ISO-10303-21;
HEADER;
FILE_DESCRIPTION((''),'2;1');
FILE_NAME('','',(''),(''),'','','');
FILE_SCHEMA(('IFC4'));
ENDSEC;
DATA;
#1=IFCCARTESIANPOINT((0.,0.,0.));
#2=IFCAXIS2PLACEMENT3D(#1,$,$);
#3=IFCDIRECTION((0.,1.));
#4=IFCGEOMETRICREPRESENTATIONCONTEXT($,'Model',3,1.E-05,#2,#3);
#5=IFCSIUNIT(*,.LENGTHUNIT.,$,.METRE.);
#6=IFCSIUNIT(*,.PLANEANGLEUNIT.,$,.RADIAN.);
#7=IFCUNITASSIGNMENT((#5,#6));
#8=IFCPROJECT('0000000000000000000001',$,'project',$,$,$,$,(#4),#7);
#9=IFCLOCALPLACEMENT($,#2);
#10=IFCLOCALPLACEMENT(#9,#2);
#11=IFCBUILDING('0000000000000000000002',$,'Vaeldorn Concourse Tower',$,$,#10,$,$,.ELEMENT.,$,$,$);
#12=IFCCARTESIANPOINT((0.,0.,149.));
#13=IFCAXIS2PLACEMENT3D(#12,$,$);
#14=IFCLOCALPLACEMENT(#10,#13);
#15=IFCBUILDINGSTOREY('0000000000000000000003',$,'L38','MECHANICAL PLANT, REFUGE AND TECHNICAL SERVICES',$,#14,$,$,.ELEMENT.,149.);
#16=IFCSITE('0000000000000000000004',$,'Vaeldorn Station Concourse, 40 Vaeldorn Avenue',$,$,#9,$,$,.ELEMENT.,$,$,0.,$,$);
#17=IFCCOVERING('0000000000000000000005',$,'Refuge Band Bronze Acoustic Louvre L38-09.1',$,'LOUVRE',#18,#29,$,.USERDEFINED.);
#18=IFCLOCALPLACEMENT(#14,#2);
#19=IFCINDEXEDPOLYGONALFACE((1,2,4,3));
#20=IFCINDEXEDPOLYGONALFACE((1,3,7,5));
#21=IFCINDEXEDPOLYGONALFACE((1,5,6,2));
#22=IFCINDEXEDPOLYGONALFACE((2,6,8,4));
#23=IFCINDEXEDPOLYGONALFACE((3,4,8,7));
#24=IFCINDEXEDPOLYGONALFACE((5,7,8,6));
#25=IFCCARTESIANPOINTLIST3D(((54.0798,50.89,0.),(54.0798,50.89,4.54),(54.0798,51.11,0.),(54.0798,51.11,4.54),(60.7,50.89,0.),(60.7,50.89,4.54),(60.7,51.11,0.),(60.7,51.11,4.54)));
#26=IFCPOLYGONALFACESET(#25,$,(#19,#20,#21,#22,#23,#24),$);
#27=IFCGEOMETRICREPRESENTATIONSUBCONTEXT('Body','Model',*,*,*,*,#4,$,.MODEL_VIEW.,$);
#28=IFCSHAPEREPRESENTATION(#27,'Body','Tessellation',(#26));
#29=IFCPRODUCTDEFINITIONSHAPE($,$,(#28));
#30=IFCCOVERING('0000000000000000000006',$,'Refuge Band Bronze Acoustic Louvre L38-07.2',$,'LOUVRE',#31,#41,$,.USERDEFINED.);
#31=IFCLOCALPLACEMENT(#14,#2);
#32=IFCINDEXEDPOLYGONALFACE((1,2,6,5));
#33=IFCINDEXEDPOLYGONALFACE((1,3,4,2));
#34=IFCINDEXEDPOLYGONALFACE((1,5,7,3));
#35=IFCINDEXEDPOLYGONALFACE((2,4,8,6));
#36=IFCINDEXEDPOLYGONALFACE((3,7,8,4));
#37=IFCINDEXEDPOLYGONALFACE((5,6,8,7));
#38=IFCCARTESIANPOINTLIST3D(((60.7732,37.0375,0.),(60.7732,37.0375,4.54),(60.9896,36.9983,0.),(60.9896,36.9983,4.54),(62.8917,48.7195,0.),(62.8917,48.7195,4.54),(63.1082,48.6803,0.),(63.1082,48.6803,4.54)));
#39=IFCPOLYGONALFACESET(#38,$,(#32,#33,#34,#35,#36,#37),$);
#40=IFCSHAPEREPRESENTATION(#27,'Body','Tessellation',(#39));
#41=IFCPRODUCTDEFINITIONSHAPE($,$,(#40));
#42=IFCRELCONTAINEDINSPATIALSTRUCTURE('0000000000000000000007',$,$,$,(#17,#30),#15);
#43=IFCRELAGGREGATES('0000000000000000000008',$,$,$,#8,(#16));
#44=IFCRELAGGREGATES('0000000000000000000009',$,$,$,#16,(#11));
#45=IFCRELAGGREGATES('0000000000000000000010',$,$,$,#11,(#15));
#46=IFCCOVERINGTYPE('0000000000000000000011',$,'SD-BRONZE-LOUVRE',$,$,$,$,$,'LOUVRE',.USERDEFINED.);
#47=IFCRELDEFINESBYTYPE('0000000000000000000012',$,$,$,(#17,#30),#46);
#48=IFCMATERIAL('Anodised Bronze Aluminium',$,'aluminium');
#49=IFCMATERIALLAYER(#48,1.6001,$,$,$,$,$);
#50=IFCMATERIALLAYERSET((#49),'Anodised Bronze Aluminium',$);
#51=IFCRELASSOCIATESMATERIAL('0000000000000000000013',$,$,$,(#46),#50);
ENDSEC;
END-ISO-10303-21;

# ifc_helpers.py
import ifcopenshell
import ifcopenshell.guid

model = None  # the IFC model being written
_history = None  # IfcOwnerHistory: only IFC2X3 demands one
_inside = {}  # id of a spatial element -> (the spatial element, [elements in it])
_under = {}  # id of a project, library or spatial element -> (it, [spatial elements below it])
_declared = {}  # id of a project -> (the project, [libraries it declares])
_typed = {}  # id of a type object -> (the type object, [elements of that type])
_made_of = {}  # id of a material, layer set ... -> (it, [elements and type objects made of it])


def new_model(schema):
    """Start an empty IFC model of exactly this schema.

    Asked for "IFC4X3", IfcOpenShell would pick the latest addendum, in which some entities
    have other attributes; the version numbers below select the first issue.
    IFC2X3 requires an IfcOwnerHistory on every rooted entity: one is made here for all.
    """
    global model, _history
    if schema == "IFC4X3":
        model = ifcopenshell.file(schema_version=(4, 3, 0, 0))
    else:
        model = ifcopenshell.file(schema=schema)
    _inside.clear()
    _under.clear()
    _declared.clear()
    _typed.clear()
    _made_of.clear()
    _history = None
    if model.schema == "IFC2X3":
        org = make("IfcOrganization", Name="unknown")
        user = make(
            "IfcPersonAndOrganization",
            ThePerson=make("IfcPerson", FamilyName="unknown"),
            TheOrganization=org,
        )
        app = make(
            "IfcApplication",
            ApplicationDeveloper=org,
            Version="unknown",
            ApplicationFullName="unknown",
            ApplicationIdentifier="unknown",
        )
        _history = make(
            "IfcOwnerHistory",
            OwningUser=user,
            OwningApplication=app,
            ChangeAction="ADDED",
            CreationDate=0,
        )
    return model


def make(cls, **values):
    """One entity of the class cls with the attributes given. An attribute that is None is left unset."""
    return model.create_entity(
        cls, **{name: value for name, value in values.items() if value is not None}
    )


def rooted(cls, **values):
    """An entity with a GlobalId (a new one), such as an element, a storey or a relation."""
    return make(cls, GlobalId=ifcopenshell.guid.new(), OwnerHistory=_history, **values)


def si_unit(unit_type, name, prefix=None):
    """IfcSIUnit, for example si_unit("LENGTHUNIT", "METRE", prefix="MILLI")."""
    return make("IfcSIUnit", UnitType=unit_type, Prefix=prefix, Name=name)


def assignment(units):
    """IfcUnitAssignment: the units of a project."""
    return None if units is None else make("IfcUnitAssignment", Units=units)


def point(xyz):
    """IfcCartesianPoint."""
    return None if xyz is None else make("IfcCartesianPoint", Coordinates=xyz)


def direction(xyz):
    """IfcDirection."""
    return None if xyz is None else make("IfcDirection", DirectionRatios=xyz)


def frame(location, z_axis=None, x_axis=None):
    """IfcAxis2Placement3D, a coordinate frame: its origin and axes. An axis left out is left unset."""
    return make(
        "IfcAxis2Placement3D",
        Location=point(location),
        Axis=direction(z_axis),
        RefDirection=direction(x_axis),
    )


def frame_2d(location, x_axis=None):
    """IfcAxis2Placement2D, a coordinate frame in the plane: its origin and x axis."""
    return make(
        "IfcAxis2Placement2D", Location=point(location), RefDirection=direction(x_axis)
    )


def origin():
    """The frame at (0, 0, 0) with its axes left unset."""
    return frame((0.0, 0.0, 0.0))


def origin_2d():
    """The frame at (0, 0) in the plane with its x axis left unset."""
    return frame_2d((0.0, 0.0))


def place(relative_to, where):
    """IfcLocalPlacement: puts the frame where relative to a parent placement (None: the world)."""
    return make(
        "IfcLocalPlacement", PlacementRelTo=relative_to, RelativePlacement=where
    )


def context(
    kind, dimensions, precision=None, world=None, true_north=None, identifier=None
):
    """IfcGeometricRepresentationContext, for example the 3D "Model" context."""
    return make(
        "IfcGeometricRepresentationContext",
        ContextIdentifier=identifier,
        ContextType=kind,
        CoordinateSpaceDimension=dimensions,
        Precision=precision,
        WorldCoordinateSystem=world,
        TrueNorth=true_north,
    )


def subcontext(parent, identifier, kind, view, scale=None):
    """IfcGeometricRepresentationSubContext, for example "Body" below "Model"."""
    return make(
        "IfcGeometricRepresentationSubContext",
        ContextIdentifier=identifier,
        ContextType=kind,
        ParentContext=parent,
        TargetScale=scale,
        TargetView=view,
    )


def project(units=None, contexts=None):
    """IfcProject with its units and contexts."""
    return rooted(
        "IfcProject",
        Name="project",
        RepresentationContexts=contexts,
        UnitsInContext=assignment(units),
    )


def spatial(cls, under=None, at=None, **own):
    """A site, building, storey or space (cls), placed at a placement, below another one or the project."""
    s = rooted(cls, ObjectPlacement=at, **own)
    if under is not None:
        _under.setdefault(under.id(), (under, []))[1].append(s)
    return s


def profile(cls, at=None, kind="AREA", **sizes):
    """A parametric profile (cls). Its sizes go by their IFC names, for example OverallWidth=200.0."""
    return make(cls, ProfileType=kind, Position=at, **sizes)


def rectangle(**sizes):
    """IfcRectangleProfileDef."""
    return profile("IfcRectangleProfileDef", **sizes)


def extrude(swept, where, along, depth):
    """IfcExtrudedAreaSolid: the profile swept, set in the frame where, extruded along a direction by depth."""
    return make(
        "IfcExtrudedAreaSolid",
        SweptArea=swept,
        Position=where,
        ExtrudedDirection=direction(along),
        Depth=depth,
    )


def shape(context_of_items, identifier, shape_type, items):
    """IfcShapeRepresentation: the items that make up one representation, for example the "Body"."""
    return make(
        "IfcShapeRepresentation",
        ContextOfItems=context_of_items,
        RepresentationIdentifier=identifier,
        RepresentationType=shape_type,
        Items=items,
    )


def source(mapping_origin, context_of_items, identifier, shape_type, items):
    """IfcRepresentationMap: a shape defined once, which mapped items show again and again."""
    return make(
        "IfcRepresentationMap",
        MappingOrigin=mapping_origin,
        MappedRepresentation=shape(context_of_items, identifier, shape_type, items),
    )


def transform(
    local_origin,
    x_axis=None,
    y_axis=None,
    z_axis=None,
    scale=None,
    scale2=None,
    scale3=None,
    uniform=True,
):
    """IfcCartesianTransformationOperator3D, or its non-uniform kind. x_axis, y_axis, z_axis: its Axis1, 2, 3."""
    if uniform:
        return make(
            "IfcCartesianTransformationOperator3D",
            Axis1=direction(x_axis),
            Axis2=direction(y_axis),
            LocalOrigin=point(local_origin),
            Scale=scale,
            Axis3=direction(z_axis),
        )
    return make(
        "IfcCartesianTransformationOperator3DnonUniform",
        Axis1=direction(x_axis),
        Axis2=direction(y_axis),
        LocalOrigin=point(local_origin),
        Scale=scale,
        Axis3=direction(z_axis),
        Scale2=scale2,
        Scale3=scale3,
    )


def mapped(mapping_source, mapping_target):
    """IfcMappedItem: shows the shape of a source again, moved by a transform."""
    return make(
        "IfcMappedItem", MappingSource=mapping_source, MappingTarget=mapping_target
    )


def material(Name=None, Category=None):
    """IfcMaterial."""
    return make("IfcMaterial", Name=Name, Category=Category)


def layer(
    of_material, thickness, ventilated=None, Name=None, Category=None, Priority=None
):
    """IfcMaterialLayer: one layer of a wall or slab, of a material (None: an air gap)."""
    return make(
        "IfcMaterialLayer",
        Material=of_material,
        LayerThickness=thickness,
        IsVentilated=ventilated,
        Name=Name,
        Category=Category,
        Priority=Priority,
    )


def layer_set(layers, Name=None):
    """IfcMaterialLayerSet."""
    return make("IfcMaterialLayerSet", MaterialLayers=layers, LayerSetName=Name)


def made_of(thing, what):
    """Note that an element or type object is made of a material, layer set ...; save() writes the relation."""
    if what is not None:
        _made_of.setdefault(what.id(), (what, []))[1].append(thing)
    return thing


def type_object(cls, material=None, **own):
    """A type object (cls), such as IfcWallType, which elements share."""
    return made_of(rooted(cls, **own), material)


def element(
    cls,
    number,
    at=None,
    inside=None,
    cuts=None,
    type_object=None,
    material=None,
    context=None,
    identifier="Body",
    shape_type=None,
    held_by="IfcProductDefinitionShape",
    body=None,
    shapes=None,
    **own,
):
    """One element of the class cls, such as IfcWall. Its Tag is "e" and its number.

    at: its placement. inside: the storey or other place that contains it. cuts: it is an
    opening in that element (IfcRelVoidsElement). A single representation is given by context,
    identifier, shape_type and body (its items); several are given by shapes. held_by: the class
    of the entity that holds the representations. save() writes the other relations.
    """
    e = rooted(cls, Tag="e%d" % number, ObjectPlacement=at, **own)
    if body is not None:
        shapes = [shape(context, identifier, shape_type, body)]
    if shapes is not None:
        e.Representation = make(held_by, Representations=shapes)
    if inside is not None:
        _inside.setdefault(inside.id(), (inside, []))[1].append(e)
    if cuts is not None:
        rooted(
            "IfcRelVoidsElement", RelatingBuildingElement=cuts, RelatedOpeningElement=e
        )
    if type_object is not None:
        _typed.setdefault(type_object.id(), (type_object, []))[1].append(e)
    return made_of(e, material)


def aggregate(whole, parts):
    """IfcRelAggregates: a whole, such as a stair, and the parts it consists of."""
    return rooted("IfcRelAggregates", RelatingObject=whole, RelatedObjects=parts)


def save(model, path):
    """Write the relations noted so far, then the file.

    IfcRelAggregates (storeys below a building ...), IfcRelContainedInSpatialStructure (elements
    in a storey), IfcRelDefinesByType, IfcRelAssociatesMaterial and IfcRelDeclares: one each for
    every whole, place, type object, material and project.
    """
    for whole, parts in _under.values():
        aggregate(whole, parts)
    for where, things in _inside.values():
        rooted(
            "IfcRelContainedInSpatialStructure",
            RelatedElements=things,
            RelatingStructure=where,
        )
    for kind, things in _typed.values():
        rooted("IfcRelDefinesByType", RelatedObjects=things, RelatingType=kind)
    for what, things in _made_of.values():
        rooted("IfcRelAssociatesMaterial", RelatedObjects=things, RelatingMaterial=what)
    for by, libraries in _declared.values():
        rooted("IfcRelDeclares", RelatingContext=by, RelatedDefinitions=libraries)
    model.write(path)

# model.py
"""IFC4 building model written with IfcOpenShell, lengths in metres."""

from ifc_helpers import new_model, si_unit, direction, frame, origin, origin_2d, place, context, subcontext, project, spatial, rectangle, extrude, source, transform, mapped, material, layer, layer_set, type_object, element, save


model = new_model("IFC4")

# Units and contexts
model_context = context("Model", 3, precision=1e-05, world=origin(), true_north=direction((0.0, 1.0)))
body_context = subcontext(model_context, "Body", "Model", "MODEL_VIEW")
ifc_project = project(units=[si_unit("LENGTHUNIT", "METRE"), si_unit("PLANEANGLEUNIT", "RADIAN")], contexts=[model_context])

# Site, building, storey
site_placement = place(None, origin())
site = spatial("IfcSite", under=ifc_project, at=site_placement, Name="Vaeldorn Station Concourse, 40 Vaeldorn Avenue", CompositionType="ELEMENT", RefElevation=0.0)
building_placement = place(site_placement, origin())
building = spatial("IfcBuilding", under=site, at=building_placement, Name="Vaeldorn Concourse Tower", CompositionType="ELEMENT")
storey_placement = place(building_placement, frame((0.0, 0.0, 149.0)))
storey = spatial("IfcBuildingStorey", under=building, at=storey_placement, Name="L38", Description="MECHANICAL PLANT, REFUGE AND TECHNICAL SERVICES", CompositionType="ELEMENT", Elevation=149.0)

# Shared definitions
ifc_material_1 = material(Name="Anodised Bronze Aluminium", Category="aluminium")

# Coverings
ifc_layer_1 = layer(ifc_material_1, 1.6001)
ifc_layer_set_1 = layer_set([ifc_layer_1], Name="Anodised Bronze Aluminium")
covering_type = type_object("IfcCoveringType", Name="SD-BRONZE-LOUVRE", ElementType="LOUVRE", PredefinedType="USERDEFINED", material=ifc_layer_set_1)
shared_shape_1 = source(origin(), body_context, "Body", "SweptSolid", [
    extrude(rectangle(XDim=6.6201, YDim=0.22, at=origin_2d()), origin(), (0.0, 0.0, 1.0), 4.54),
])
covering_1_placement = place(storey_placement, frame((57.3899, 51.0, 0.0), z_axis=(0.0, 0.0, 1.0), x_axis=(-1.0, 0.0, 0.0)))
element("IfcCovering", 1, at=covering_1_placement, inside=storey, type_object=covering_type, Name="Refuge Band Bronze Acoustic Louvre L38-09.1", ObjectType="LOUVRE", PredefinedType="USERDEFINED", context=body_context, shape_type="MappedRepresentation", body=[
    mapped(shared_shape_1, transform((0.0, 0.0, 0.0), scale=1.0)),
])
shared_shape_2 = source(origin(), body_context, "Body", "SweptSolid", [
    extrude(rectangle(XDim=11.8726, YDim=0.22, at=origin_2d()), origin(), (0.0, 0.0, 1.0), 4.54),
])
covering_2_placement = place(storey_placement, frame((61.9407, 42.8589, 0.0), z_axis=(0.0, 0.0, 1.0), x_axis=(0.178442, 0.983951, 0.0)))
element("IfcCovering", 2, at=covering_2_placement, inside=storey, type_object=covering_type, Name="Refuge Band Bronze Acoustic Louvre L38-07.2", ObjectType="LOUVRE", PredefinedType="USERDEFINED", context=body_context, shape_type="MappedRepresentation", body=[
    mapped(shared_shape_2, transform((0.0, 0.0, 0.0), scale=1.0)),
])

save(model, "model.ifc")
